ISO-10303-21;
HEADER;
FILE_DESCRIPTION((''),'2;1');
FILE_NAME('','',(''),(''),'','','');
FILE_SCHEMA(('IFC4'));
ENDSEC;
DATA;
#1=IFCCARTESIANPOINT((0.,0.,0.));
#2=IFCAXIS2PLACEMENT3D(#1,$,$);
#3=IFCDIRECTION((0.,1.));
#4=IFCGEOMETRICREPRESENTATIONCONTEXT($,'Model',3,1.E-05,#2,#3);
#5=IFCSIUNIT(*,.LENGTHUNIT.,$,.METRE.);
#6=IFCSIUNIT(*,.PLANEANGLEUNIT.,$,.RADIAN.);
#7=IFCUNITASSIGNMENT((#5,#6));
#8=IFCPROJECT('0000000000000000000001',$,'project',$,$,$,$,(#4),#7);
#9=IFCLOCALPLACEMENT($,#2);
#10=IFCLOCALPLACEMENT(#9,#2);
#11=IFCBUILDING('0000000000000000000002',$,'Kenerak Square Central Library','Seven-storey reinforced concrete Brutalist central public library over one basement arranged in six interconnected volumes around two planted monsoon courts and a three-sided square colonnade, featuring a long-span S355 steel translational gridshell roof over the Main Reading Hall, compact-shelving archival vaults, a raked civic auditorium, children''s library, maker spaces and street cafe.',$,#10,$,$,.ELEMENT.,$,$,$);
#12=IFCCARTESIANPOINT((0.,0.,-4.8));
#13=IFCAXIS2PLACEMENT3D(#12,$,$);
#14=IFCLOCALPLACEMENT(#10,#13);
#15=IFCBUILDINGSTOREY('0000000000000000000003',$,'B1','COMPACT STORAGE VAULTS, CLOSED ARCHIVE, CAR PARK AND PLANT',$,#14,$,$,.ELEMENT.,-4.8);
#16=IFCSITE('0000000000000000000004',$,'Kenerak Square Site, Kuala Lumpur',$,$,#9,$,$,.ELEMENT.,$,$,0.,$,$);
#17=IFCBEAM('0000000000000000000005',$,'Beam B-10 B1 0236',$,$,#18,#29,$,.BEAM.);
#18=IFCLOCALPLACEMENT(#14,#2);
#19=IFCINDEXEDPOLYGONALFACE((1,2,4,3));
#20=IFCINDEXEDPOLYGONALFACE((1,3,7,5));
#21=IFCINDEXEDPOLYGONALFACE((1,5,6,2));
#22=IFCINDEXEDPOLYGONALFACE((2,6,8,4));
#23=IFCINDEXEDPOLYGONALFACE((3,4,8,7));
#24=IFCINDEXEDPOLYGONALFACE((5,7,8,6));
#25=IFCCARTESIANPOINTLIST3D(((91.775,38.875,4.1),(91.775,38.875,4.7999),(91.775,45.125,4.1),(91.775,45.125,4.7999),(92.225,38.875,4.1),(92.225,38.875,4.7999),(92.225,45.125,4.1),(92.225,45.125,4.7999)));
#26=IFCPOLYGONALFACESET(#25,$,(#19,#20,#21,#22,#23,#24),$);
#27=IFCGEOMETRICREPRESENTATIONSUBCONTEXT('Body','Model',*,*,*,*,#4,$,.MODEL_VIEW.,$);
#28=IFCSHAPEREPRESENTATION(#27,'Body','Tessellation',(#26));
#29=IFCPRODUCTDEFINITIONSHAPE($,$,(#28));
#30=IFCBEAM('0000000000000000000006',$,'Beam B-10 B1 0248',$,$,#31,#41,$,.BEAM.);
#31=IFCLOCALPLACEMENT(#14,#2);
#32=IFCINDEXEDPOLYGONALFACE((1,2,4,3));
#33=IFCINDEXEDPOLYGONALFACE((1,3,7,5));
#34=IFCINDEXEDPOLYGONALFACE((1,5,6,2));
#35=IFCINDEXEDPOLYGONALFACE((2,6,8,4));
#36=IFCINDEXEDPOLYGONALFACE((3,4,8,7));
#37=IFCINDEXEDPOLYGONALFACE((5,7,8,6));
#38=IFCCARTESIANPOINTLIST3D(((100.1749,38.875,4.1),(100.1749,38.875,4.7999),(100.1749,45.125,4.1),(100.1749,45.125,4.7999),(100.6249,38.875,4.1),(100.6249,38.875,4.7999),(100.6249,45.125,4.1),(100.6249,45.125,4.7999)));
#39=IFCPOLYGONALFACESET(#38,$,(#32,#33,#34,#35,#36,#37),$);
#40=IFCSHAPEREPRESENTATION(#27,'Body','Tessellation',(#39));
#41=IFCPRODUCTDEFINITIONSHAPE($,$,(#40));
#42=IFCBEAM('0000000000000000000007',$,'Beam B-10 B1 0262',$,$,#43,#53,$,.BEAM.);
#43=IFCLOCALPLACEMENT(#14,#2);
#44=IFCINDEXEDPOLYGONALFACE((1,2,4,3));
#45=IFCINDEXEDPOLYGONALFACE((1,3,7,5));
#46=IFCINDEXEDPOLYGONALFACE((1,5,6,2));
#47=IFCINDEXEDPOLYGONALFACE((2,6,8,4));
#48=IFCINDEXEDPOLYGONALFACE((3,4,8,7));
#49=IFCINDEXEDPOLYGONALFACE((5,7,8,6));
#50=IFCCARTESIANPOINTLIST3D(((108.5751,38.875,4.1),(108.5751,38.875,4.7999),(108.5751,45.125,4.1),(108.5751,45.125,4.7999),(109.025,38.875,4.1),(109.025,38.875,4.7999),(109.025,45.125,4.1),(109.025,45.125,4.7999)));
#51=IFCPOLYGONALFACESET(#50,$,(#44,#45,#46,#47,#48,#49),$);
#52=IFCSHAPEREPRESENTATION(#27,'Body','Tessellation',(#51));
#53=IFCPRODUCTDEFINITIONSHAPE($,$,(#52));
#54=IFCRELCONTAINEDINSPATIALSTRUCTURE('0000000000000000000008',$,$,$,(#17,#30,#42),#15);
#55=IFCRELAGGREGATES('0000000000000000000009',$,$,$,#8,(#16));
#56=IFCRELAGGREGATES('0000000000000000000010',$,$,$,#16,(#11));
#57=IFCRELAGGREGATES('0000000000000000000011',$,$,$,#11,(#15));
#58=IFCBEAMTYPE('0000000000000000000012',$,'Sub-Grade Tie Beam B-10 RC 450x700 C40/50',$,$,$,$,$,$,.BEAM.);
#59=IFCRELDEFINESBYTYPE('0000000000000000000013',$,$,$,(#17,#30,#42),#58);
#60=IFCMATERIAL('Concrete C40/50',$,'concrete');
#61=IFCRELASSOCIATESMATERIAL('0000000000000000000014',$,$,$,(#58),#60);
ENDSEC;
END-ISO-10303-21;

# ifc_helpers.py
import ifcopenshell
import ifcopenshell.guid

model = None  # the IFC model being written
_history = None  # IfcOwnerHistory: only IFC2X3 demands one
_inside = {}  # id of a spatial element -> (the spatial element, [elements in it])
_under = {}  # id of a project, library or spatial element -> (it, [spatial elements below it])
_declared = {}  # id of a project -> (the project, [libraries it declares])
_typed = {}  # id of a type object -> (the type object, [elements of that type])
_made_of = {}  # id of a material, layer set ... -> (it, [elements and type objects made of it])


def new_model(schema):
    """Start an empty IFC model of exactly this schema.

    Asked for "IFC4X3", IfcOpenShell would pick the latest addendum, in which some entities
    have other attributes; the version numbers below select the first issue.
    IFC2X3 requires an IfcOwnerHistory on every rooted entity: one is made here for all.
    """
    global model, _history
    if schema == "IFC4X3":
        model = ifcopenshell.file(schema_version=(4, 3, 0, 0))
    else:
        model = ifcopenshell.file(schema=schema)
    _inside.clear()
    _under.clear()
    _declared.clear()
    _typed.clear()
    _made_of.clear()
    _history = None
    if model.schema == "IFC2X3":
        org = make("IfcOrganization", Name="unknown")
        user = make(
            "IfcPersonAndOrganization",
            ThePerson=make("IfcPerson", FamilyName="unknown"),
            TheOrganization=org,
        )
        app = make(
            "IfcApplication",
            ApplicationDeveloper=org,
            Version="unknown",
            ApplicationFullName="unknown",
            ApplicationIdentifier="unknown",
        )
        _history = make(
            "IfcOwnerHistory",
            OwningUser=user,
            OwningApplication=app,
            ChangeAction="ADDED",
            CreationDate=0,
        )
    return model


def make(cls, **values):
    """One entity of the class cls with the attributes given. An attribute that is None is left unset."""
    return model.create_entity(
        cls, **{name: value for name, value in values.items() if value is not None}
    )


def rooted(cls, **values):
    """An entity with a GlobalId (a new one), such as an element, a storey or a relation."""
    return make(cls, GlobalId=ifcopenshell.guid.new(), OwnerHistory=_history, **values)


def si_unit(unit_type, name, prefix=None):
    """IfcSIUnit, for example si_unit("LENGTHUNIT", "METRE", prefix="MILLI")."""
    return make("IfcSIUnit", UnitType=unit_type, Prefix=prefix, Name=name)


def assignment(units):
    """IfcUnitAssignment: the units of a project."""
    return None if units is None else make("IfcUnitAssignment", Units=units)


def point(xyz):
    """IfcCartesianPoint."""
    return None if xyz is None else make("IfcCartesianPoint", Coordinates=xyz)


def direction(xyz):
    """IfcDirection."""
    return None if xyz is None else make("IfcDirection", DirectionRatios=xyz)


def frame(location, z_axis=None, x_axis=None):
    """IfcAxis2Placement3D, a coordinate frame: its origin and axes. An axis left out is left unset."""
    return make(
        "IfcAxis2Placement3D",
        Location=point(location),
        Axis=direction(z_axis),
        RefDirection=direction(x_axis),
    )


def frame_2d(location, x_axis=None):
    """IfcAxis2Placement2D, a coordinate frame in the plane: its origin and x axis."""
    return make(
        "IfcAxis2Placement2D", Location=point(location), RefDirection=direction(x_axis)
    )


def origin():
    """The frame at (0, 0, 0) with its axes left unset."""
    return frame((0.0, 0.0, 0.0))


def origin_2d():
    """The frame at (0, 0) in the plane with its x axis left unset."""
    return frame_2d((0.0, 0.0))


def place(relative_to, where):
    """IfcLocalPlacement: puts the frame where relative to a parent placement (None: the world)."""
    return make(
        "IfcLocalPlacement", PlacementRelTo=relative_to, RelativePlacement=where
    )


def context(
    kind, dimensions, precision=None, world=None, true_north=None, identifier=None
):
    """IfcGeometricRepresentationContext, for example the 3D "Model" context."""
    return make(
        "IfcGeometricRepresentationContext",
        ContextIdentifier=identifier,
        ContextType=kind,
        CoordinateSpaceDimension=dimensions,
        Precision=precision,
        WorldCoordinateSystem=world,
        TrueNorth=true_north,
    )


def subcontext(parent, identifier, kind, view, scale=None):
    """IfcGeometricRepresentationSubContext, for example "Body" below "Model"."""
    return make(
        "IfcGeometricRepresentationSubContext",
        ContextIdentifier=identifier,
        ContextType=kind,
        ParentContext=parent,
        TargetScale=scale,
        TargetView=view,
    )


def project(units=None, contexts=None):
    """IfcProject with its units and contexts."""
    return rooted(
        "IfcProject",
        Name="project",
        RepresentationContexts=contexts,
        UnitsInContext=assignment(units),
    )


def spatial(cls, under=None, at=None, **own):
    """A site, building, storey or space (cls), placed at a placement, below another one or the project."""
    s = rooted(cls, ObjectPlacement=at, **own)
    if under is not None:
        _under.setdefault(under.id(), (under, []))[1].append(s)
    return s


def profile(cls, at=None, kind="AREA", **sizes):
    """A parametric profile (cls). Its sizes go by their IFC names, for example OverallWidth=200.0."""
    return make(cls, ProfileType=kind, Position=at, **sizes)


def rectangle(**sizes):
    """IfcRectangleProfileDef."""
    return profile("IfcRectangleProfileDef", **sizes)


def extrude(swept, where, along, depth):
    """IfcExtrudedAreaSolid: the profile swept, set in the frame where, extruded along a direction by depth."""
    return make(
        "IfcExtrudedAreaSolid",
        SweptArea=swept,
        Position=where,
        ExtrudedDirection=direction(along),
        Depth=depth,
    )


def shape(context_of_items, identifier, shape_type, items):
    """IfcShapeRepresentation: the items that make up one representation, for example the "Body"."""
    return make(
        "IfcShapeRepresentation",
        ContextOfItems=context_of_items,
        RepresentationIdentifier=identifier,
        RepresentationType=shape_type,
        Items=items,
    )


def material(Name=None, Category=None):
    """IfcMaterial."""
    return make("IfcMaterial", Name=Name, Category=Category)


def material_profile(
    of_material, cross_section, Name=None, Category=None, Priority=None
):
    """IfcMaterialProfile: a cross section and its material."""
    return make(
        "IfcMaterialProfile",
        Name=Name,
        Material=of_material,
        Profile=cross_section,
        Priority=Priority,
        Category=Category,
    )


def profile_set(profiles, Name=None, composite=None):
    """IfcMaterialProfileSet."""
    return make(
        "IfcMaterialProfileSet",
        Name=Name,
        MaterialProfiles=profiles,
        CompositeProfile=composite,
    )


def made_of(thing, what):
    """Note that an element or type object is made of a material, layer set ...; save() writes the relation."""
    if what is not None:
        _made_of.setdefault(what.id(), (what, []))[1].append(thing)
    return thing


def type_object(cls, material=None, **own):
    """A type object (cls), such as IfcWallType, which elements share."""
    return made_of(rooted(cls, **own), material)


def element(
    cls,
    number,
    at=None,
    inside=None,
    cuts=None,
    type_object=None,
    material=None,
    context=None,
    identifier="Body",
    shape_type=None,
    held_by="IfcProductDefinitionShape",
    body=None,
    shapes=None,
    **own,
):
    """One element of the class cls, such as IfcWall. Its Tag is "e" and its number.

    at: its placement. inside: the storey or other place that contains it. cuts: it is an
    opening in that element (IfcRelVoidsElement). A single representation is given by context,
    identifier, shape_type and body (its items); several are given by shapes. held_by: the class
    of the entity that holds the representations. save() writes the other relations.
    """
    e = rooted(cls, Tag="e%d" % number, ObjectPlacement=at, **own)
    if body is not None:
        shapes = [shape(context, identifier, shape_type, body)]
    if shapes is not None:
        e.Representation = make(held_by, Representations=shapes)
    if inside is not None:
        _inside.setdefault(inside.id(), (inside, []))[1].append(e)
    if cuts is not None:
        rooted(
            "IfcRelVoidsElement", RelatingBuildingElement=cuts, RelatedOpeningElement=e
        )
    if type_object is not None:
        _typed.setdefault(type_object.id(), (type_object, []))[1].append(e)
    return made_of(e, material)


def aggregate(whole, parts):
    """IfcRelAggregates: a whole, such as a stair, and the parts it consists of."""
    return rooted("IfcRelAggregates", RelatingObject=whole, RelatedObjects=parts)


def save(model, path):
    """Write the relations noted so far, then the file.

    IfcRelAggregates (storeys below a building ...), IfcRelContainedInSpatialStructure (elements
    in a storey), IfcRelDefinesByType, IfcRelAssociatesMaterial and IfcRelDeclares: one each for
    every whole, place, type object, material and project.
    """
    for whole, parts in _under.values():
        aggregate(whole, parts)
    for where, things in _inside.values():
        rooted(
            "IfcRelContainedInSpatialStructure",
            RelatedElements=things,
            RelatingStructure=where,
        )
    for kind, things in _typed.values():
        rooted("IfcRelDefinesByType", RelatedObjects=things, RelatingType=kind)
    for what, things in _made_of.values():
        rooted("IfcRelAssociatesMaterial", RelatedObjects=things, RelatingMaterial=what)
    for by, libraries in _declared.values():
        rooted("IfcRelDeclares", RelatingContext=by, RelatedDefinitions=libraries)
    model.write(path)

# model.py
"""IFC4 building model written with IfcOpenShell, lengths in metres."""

from ifc_helpers import new_model, si_unit, direction, frame, origin, origin_2d, place, context, subcontext, project, spatial, rectangle, extrude, material, material_profile, profile_set, type_object, element, save


model = new_model("IFC4")

# Units and contexts
model_context = context("Model", 3, precision=1e-05, world=origin(), true_north=direction((0.0, 1.0)))
body_context = subcontext(model_context, "Body", "Model", "MODEL_VIEW")
ifc_project = project(units=[si_unit("LENGTHUNIT", "METRE"), si_unit("PLANEANGLEUNIT", "RADIAN")], contexts=[model_context])

# Site, building, storey
site_placement = place(None, origin())
site = spatial("IfcSite", under=ifc_project, at=site_placement, Name="Kenerak Square Site, Kuala Lumpur", CompositionType="ELEMENT", RefElevation=0.0)
building_placement = place(site_placement, origin())
building = spatial("IfcBuilding", under=site, at=building_placement, Name="Kenerak Square Central Library", Description="Seven-storey reinforced concrete Brutalist central public library over one basement arranged in six interconnected volumes around two planted monsoon courts and a three-sided square colonnade, featuring a long-span S355 steel translational gridshell roof over the Main Reading Hall, compact-shelving archival vaults, a raked civic auditorium, children's library, maker spaces and street cafe.", CompositionType="ELEMENT")
storey_placement = place(building_placement, frame((0.0, 0.0, -4.8)))
storey = spatial("IfcBuildingStorey", under=building, at=storey_placement, Name="B1", Description="COMPACT STORAGE VAULTS, CLOSED ARCHIVE, CAR PARK AND PLANT", CompositionType="ELEMENT", Elevation=-4.8)

# Shared definitions
ifc_material_1 = material(Name="Concrete C40/50", Category="concrete")

# Beams
ifc_material_profile_1 = material_profile(ifc_material_1, rectangle(XDim=0.45, YDim=0.7, at=origin_2d()), Name="RC 450x700")
ifc_profile_set_1 = profile_set([ifc_material_profile_1], Name="Concrete C40/50")
beam_type_1 = type_object("IfcBeamType", Name="Sub-Grade Tie Beam B-10 RC 450x700 C40/50", PredefinedType="BEAM", material=ifc_profile_set_1)
for number, where, z_axis, x_axis, name in (
    (1, (92.0, 38.875, 4.45), (0.0, 1.0, 0.0), (-1.0, 0.0, 0.0), "Beam B-10 B1 0236"),
    (2, (100.3999, 38.875, 4.45), (0.0, 1.0, 0.0), (-1.0, 0.0, 0.0), "Beam B-10 B1 0248"),
    (3, (108.8, 38.875, 4.45), (0.0, 1.0, 0.0), (-1.0, 0.0, 0.0), "Beam B-10 B1 0262"),
):
    element("IfcBeam", number, at=place(storey_placement, frame(where, z_axis=z_axis, x_axis=x_axis)), inside=storey, type_object=beam_type_1, Name=name, PredefinedType="BEAM", context=body_context, shape_type="SweptSolid", body=[
        extrude(rectangle(XDim=0.45, YDim=0.7, at=origin_2d()), origin(), (0.0, 0.0, 1.0), 6.25),
    ])

save(model, "model.ifc")
